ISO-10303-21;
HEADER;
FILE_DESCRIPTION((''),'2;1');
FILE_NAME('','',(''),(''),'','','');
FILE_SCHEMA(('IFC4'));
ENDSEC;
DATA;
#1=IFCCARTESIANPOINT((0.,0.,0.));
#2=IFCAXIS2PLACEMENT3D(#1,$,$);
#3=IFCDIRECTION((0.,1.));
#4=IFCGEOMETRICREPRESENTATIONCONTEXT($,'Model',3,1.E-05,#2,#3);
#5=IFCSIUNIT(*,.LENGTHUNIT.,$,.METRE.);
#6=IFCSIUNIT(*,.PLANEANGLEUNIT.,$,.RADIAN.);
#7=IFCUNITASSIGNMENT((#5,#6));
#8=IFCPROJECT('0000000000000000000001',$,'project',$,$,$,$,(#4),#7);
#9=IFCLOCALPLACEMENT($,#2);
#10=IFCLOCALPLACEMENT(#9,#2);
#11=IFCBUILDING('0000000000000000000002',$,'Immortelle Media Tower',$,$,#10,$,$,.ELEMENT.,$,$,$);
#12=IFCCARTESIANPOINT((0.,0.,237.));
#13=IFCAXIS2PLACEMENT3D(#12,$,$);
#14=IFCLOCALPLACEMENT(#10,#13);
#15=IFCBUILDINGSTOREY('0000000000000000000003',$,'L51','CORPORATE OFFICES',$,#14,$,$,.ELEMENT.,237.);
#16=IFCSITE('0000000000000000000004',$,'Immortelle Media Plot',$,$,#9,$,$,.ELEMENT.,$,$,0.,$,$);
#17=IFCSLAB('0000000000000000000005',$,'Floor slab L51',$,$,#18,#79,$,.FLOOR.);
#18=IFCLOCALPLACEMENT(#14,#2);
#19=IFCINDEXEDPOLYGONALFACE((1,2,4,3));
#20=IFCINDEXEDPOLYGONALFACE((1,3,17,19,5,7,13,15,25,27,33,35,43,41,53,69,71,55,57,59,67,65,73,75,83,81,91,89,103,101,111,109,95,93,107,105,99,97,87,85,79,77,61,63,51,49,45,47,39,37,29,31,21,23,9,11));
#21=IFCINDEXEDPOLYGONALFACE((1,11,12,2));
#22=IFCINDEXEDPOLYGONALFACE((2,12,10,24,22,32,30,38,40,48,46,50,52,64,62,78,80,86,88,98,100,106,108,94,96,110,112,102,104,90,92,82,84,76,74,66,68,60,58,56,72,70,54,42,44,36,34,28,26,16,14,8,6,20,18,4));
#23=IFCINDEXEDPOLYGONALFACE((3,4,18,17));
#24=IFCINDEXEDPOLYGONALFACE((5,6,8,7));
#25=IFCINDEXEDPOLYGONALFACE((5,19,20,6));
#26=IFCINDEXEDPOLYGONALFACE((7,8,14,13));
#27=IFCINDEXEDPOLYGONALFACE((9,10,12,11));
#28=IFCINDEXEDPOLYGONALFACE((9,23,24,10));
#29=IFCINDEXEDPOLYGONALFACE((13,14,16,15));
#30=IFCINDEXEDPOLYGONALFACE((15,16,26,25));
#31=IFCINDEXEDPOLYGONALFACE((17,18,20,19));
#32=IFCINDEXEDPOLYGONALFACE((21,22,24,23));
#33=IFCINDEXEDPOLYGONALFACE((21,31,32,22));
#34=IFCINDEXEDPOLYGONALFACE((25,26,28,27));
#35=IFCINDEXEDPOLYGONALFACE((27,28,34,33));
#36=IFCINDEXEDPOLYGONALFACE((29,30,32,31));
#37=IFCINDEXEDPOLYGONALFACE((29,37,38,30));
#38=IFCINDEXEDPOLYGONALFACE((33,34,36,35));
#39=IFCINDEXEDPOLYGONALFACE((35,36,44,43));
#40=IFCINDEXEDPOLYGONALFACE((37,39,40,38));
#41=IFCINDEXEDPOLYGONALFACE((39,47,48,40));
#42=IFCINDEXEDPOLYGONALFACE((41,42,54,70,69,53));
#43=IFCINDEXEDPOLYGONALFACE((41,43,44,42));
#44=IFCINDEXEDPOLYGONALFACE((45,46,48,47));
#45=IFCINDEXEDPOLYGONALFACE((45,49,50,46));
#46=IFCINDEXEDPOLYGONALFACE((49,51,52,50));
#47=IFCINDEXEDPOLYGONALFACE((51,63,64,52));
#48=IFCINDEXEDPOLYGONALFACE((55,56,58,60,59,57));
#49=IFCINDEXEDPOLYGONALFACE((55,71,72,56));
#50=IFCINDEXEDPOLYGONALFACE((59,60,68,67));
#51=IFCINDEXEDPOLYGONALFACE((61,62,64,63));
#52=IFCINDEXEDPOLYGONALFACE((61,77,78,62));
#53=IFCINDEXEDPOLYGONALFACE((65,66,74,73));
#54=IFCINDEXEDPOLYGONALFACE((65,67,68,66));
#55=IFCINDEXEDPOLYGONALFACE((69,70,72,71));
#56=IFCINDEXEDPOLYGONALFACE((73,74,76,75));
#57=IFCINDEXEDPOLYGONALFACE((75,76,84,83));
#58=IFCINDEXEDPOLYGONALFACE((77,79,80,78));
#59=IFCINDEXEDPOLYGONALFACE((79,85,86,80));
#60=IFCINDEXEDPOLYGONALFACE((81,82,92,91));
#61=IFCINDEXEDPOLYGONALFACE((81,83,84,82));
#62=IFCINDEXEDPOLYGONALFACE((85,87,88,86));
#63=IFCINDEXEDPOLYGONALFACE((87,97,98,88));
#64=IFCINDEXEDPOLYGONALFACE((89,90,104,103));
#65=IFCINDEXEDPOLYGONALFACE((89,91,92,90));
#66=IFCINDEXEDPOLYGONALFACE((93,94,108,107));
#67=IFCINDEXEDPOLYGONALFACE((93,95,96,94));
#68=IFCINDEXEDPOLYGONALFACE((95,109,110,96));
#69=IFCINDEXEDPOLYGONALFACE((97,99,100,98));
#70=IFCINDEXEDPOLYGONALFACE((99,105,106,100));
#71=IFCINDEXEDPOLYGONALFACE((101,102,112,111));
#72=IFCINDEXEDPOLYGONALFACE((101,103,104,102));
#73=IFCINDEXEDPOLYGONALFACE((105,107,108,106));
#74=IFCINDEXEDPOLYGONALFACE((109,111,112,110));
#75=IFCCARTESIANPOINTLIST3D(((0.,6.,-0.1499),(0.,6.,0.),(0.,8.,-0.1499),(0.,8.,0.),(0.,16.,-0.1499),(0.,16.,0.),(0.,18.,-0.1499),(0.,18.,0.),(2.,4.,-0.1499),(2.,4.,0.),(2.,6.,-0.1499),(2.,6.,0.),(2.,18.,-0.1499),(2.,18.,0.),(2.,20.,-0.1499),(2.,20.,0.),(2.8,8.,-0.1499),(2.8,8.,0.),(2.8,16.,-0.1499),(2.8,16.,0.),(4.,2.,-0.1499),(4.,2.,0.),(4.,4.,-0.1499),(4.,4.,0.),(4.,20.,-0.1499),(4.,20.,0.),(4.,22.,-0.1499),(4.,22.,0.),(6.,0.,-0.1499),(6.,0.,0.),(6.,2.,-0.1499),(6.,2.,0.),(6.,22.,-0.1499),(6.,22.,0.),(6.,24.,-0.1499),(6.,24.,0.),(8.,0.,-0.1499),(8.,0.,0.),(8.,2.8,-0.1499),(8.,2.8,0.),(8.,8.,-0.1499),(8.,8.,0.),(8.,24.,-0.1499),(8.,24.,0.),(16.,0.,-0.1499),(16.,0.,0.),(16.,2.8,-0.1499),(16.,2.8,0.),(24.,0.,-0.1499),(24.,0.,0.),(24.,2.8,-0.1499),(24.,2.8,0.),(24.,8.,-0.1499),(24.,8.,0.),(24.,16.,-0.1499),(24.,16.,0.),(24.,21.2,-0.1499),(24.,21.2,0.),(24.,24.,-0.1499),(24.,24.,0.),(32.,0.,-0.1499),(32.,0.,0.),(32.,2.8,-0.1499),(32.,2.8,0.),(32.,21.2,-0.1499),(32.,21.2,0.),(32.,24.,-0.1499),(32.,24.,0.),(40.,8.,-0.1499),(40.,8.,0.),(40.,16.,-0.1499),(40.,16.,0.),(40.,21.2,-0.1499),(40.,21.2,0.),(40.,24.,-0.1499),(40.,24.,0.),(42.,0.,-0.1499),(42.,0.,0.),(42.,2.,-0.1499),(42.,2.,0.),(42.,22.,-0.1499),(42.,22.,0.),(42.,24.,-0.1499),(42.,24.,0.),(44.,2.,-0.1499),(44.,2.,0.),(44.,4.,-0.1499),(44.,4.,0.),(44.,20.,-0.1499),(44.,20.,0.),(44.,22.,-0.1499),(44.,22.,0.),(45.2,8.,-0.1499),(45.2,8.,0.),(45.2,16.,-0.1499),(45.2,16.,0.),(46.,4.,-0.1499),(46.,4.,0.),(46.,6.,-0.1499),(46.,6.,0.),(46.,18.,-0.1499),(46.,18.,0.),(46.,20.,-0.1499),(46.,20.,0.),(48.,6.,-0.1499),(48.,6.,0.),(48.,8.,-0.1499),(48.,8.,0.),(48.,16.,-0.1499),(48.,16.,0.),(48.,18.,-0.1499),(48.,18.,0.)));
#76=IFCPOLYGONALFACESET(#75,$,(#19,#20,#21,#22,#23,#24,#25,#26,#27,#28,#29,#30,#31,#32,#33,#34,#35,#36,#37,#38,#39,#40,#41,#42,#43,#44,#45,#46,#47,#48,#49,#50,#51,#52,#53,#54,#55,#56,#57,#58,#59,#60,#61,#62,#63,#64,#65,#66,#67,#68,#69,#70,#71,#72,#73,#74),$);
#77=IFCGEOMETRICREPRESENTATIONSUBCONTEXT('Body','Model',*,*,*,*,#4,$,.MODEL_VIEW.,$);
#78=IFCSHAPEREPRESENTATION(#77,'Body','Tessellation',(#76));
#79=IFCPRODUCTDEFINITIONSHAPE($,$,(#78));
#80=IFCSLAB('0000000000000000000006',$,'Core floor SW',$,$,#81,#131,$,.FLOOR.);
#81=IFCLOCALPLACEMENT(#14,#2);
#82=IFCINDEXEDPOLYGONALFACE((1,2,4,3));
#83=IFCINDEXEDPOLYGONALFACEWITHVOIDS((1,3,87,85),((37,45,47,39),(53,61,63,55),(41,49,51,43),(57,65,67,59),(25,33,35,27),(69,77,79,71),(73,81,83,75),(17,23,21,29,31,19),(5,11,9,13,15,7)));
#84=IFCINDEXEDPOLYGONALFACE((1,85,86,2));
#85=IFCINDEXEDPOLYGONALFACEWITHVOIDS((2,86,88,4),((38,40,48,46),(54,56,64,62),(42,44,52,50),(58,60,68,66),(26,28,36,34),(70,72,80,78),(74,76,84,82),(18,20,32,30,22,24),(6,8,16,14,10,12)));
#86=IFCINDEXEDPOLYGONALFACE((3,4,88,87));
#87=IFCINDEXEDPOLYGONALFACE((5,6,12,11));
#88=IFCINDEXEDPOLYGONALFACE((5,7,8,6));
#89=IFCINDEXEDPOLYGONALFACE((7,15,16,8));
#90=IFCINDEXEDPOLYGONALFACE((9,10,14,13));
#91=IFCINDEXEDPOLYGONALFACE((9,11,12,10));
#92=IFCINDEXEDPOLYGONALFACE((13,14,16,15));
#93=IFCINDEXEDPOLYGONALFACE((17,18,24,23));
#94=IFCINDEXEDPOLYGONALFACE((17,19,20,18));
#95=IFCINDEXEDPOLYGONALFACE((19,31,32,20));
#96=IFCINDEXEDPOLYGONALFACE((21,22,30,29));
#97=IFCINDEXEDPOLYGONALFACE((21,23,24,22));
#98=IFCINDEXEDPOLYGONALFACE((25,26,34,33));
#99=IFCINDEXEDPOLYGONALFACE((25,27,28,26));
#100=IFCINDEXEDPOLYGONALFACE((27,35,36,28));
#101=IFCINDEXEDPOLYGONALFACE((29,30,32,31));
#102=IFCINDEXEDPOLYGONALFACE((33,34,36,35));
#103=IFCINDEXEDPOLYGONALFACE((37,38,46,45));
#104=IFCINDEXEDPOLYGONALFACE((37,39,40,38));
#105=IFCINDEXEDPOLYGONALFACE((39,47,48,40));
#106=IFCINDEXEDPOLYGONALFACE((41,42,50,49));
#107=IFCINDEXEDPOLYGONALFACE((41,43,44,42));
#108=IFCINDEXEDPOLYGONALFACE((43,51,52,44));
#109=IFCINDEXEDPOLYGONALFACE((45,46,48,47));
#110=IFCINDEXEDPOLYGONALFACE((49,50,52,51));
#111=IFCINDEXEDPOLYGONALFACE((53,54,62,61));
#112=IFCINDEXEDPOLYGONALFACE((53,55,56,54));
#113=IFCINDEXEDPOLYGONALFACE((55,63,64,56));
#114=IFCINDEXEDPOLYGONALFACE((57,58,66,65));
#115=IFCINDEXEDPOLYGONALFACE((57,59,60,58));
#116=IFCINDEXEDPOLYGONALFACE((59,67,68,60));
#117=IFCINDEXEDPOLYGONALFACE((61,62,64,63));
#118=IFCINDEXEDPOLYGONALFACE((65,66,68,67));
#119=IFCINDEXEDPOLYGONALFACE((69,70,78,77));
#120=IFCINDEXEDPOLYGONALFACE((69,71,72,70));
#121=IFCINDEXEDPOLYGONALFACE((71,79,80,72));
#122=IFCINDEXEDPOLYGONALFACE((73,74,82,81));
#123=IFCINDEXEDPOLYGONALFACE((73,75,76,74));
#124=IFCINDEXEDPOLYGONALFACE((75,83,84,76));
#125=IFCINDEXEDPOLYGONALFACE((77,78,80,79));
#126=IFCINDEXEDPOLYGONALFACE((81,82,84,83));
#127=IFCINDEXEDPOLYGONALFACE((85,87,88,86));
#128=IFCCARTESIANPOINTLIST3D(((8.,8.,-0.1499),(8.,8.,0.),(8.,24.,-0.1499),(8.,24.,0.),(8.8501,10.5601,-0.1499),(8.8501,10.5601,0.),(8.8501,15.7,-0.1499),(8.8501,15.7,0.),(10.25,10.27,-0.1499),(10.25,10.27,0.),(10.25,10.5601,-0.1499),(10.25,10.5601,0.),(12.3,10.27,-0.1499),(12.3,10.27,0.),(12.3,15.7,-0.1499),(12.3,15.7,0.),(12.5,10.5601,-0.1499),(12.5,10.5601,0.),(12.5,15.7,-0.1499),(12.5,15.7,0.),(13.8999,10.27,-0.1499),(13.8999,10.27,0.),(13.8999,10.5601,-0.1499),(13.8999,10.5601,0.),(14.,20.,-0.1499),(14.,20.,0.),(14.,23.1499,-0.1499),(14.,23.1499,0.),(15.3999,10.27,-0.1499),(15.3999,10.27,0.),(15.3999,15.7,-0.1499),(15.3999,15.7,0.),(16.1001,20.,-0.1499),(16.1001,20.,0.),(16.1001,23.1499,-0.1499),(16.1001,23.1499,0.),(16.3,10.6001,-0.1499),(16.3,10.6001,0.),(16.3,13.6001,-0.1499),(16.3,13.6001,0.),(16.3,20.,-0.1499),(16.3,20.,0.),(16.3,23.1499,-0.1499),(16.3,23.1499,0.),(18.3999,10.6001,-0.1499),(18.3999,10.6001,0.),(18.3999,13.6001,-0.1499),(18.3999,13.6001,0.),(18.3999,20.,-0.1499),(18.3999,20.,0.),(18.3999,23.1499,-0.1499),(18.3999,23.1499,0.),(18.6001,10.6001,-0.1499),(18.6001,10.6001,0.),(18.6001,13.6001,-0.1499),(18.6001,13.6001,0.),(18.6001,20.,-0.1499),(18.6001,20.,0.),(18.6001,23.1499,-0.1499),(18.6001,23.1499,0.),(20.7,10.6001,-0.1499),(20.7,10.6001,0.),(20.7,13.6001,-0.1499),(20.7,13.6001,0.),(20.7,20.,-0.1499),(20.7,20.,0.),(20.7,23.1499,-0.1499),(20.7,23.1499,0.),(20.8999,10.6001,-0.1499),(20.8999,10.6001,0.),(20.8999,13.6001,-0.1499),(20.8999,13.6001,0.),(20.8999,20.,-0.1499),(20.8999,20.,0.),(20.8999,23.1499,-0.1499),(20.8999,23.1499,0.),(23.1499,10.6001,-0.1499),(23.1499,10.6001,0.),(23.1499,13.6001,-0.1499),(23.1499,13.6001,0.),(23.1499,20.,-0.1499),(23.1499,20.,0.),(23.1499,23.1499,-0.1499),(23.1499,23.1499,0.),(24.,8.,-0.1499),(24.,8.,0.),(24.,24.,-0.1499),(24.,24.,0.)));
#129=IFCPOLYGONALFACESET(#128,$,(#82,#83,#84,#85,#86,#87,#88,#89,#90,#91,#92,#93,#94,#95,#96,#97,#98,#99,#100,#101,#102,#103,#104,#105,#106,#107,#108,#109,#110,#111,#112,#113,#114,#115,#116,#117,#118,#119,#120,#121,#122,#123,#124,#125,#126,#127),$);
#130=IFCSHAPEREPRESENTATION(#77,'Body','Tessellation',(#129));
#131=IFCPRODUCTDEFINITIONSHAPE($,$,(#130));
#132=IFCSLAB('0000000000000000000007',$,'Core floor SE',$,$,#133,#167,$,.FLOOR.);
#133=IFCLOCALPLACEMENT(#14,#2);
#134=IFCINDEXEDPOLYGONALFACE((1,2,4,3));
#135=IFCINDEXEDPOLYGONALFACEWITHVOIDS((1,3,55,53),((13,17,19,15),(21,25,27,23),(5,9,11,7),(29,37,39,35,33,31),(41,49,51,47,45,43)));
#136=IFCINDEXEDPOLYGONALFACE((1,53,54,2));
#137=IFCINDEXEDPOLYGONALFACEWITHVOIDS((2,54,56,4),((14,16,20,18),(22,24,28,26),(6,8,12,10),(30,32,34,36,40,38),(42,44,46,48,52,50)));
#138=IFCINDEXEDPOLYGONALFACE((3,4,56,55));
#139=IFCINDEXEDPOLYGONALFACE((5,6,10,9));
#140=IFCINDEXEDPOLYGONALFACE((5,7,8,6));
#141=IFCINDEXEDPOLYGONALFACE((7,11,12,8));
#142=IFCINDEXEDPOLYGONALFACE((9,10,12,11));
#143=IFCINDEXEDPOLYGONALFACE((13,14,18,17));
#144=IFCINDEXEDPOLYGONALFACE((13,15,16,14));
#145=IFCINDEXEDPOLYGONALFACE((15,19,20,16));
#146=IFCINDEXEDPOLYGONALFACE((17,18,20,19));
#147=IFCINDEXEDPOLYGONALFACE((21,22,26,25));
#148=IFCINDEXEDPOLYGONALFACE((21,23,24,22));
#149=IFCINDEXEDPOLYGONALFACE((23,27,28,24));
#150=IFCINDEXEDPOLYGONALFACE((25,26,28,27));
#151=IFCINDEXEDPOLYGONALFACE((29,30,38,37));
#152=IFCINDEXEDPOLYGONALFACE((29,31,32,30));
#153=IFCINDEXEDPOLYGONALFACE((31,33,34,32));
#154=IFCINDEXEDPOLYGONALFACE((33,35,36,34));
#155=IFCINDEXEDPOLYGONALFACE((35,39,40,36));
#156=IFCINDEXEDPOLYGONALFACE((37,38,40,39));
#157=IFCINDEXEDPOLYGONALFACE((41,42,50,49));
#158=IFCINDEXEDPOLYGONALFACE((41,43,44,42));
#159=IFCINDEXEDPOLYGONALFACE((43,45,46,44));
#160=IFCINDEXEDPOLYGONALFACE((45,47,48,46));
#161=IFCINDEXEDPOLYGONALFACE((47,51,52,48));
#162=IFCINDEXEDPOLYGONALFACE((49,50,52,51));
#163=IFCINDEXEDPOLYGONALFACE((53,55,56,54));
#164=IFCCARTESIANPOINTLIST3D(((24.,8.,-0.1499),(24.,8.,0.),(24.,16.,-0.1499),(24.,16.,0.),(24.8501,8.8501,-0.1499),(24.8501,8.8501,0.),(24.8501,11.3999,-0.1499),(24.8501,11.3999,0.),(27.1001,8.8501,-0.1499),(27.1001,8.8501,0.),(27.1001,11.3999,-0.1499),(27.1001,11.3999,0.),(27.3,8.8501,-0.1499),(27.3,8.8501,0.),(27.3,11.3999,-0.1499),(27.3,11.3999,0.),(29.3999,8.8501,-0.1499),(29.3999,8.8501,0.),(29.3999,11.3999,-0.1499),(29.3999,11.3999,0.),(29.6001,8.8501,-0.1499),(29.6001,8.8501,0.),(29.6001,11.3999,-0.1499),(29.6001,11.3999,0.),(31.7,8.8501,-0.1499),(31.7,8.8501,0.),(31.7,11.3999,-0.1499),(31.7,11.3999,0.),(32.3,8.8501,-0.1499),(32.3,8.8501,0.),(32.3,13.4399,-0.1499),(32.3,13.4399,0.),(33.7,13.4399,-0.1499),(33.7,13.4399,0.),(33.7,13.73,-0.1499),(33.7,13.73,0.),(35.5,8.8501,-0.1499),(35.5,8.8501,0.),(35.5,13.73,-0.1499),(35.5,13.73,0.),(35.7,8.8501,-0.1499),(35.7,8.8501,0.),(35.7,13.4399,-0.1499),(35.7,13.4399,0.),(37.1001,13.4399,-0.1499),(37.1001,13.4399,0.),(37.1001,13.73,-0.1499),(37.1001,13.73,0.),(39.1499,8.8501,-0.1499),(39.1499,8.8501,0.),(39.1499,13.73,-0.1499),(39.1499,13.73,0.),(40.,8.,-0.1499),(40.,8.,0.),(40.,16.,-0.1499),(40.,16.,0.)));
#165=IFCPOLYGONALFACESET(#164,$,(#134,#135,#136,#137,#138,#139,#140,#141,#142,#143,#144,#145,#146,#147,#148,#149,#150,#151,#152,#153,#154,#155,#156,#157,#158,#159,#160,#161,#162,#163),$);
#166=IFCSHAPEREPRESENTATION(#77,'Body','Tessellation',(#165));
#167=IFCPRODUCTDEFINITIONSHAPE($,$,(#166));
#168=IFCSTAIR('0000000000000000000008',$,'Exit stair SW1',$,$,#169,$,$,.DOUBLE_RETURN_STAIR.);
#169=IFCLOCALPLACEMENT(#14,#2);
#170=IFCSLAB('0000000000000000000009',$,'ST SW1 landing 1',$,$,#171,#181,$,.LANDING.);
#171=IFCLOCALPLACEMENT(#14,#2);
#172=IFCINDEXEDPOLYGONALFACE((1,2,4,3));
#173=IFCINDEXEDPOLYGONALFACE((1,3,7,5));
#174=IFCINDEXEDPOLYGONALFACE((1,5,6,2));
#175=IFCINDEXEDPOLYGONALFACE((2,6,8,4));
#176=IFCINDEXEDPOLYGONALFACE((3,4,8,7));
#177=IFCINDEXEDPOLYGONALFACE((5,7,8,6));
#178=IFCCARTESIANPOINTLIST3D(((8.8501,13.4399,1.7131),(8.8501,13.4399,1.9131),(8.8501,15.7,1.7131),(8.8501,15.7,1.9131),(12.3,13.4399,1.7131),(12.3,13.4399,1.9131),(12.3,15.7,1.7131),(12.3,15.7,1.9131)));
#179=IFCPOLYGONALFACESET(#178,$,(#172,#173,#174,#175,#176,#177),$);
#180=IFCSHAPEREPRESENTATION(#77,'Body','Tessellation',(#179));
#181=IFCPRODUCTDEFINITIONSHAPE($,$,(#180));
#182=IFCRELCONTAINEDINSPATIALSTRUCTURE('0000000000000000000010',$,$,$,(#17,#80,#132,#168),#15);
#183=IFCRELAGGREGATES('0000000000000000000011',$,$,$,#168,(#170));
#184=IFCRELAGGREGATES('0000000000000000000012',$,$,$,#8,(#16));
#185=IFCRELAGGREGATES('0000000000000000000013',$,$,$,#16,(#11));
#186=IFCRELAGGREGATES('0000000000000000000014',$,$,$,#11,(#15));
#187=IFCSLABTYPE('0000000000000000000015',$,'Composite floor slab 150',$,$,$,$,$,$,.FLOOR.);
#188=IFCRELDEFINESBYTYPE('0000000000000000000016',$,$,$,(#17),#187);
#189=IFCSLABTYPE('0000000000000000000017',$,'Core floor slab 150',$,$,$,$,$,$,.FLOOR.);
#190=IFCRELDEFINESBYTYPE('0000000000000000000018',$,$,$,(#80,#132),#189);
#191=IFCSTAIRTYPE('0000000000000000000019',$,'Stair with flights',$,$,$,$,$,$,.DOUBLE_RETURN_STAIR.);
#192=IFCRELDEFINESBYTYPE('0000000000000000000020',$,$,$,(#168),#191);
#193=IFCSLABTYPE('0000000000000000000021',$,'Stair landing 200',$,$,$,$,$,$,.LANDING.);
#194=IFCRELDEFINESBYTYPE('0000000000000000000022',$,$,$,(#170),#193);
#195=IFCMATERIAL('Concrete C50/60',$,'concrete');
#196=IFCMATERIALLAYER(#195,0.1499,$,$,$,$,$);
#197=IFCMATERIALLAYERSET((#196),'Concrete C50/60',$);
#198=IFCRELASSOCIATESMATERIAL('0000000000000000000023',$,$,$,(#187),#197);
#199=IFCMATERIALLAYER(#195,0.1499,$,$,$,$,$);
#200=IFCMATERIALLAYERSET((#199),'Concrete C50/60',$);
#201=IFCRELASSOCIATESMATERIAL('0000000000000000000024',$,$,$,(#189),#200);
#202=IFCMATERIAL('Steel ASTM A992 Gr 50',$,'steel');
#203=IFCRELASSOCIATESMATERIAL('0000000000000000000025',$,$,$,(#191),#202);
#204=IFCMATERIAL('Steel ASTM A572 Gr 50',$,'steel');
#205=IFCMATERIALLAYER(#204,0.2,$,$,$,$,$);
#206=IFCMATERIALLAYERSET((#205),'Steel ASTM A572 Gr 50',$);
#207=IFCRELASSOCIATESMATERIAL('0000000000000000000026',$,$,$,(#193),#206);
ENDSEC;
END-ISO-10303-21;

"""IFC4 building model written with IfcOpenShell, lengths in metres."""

from ifc_helpers import new_model, si_unit, direction, frame, origin, place, context, subcontext, project, spatial, polyline, outline, extrude, material, layer, layer_set, type_object, element, aggregate, save


model = new_model("IFC4")

# Units and contexts
model_context = context("Model", 3, precision=1e-05, world=origin(), true_north=direction((0.0, 1.0)))
body_context = subcontext(model_context, "Body", "Model", "MODEL_VIEW")
ifc_project = project(units=[si_unit("LENGTHUNIT", "METRE"), si_unit("PLANEANGLEUNIT", "RADIAN")], contexts=[model_context])

# Site, building, storey
site_placement = place(None, origin())
site = spatial("IfcSite", under=ifc_project, at=site_placement, Name="Immortelle Media Plot", CompositionType="ELEMENT", RefElevation=0.0)
building_placement = place(site_placement, origin())
building = spatial("IfcBuilding", under=site, at=building_placement, Name="Immortelle Media Tower", CompositionType="ELEMENT")
storey_placement = place(building_placement, frame((0.0, 0.0, 237.0)))
storey = spatial("IfcBuildingStorey", under=building, at=storey_placement, Name="L51", Description="CORPORATE OFFICES", CompositionType="ELEMENT", Elevation=237.0)

# Shared definitions
ifc_material_1 = material(Name="Steel ASTM A992 Gr 50", Category="steel")

# Slabs
ifc_material_2 = material(Name="Concrete C50/60", Category="concrete")
ifc_layer_1 = layer(ifc_material_2, 0.1499)
ifc_layer_set_1 = layer_set([ifc_layer_1], Name="Concrete C50/60")
slab_type_1 = type_object("IfcSlabType", Name="Composite floor slab 150", PredefinedType="FLOOR", material=ifc_layer_set_1)
slab_1_placement = place(storey_placement, frame((0.0, 0.0, -0.1499)))
element("IfcSlab", 1, at=slab_1_placement, inside=storey, type_object=slab_type_1, Name="Floor slab L51", PredefinedType="FLOOR", context=body_context, shape_type="SweptSolid", body=[
    extrude(outline(polyline([(6.0, 0.0), (6.0, 2.0), (4.0, 2.0), (4.0, 4.0), (2.0, 4.0), (2.0, 6.0), (0.0, 6.0), (0.0, 8.0), (2.8, 8.0), (2.8, 16.0), (0.0, 16.0), (0.0, 18.0), (2.0, 18.0), (2.0, 20.0), (4.0, 20.0), (4.0, 22.0), (6.0, 22.0), (6.0, 24.0), (8.0, 24.0), (8.0, 8.0), (24.0, 8.0), (40.0, 8.0), (40.0, 16.0), (24.0, 16.0), (24.0, 21.2), (24.0, 24.0), (32.0, 24.0), (32.0, 21.2), (40.0, 21.2), (40.0, 24.0), (42.0, 24.0), (42.0, 22.0), (44.0, 22.0), (44.0, 20.0), (46.0, 20.0), (46.0, 18.0), (48.0, 18.0), (48.0, 16.0), (45.2, 16.0), (45.2, 8.0), (48.0, 8.0), (48.0, 6.0), (46.0, 6.0), (46.0, 4.0), (44.0, 4.0), (44.0, 2.0), (42.0, 2.0), (42.0, 0.0), (32.0, 0.0), (32.0, 2.8), (24.0, 2.8), (24.0, 0.0), (16.0, 0.0), (16.0, 2.8), (8.0, 2.8), (8.0, 0.0), (6.0, 0.0)])), origin(), (0.0, 0.0, 1.0), 0.1499),
])
ifc_layer_2 = layer(ifc_material_2, 0.1499)
ifc_layer_set_2 = layer_set([ifc_layer_2], Name="Concrete C50/60")
slab_type_2 = type_object("IfcSlabType", Name="Core floor slab 150", PredefinedType="FLOOR", material=ifc_layer_set_2)
slab_2_placement = place(storey_placement, frame((0.0, 0.0, -0.1499)))
element("IfcSlab", 2, at=slab_2_placement, inside=storey, type_object=slab_type_2, Name="Core floor SW", PredefinedType="FLOOR", context=body_context, shape_type="SweptSolid", body=[
    extrude(outline(polyline([(8.0, 8.0), (24.0, 8.0), (24.0, 24.0), (8.0, 24.0), (8.0, 8.0)]), holes=[polyline([(14.0, 20.0), (16.1001, 20.0), (16.1001, 23.1499), (14.0, 23.1499), (14.0, 20.0)]), polyline([(16.3, 20.0), (18.3999, 20.0), (18.3999, 23.1499), (16.3, 23.1499), (16.3, 20.0)]), polyline([(18.6001, 20.0), (20.7, 20.0), (20.7, 23.1499), (18.6001, 23.1499), (18.6001, 20.0)]), polyline([(20.8999, 20.0), (23.1499, 20.0), (23.1499, 23.1499), (20.8999, 23.1499), (20.8999, 20.0)]), polyline([(16.3, 10.6001), (18.3999, 10.6001), (18.3999, 13.6001), (16.3, 13.6001), (16.3, 10.6001)]), polyline([(18.6001, 10.6001), (20.7, 10.6001), (20.7, 13.6001), (18.6001, 13.6001), (18.6001, 10.6001)]), polyline([(20.8999, 10.6001), (23.1499, 10.6001), (23.1499, 13.6001), (20.8999, 13.6001), (20.8999, 10.6001)]), polyline([(8.8501, 15.7), (12.3, 15.7), (12.3, 10.27), (10.25, 10.27), (10.25, 10.5601), (8.8501, 10.5601), (8.8501, 15.7)]), polyline([(12.5, 15.7), (15.3999, 15.7), (15.3999, 10.27), (13.8999, 10.27), (13.8999, 10.5601), (12.5, 10.5601), (12.5, 15.7)])]), origin(), (0.0, 0.0, 1.0), 0.1499),
])
slab_3_placement = place(storey_placement, frame((0.0, 0.0, -0.1499)))
element("IfcSlab", 3, at=slab_3_placement, inside=storey, type_object=slab_type_2, Name="Core floor SE", PredefinedType="FLOOR", context=body_context, shape_type="SweptSolid", body=[
    extrude(outline(polyline([(24.0, 8.0), (40.0, 8.0), (40.0, 16.0), (24.0, 16.0), (24.0, 8.0)]), holes=[polyline([(24.8501, 8.8501), (27.1001, 8.8501), (27.1001, 11.3999), (24.8501, 11.3999), (24.8501, 8.8501)]), polyline([(27.3, 8.8501), (29.3999, 8.8501), (29.3999, 11.3999), (27.3, 11.3999), (27.3, 8.8501)]), polyline([(29.6001, 8.8501), (31.7, 8.8501), (31.7, 11.3999), (29.6001, 11.3999), (29.6001, 8.8501)]), polyline([(35.5, 13.73), (35.5, 8.8501), (32.3, 8.8501), (32.3, 13.4399), (33.7, 13.4399), (33.7, 13.73), (35.5, 13.73)]), polyline([(39.1499, 13.73), (39.1499, 8.8501), (35.7, 8.8501), (35.7, 13.4399), (37.1001, 13.4399), (37.1001, 13.73), (39.1499, 13.73)])]), origin(), (0.0, 0.0, 1.0), 0.1499),
])

# Stair, slab
stair_type = type_object("IfcStairType", Name="Stair with flights", PredefinedType="DOUBLE_RETURN_STAIR", material=ifc_material_1)
stair_1_placement = place(storey_placement, origin())
stair_1 = element("IfcStair", 4, at=stair_1_placement, inside=storey, type_object=stair_type, Name="Exit stair SW1", PredefinedType="DOUBLE_RETURN_STAIR")
ifc_material_3 = material(Name="Steel ASTM A572 Gr 50", Category="steel")
ifc_layer_3 = layer(ifc_material_3, 0.2)
ifc_layer_set_3 = layer_set([ifc_layer_3], Name="Steel ASTM A572 Gr 50")
slab_type_3 = type_object("IfcSlabType", Name="Stair landing 200", PredefinedType="LANDING", material=ifc_layer_set_3)
slab_4_placement = place(storey_placement, frame((0.0, 0.0, 1.7131)))
slab_4 = element("IfcSlab", 5, at=slab_4_placement, type_object=slab_type_3, Name="ST SW1 landing 1", PredefinedType="LANDING", context=body_context, shape_type="SweptSolid", body=[
    extrude(outline(polyline([(8.8501, 13.4399), (12.3, 13.4399), (12.3, 15.7), (8.8501, 15.7), (8.8501, 13.4399)])), origin(), (0.0, 0.0, 1.0), 0.2),
])
aggregate(stair_1, [slab_4])

save(model, "model.ifc")
